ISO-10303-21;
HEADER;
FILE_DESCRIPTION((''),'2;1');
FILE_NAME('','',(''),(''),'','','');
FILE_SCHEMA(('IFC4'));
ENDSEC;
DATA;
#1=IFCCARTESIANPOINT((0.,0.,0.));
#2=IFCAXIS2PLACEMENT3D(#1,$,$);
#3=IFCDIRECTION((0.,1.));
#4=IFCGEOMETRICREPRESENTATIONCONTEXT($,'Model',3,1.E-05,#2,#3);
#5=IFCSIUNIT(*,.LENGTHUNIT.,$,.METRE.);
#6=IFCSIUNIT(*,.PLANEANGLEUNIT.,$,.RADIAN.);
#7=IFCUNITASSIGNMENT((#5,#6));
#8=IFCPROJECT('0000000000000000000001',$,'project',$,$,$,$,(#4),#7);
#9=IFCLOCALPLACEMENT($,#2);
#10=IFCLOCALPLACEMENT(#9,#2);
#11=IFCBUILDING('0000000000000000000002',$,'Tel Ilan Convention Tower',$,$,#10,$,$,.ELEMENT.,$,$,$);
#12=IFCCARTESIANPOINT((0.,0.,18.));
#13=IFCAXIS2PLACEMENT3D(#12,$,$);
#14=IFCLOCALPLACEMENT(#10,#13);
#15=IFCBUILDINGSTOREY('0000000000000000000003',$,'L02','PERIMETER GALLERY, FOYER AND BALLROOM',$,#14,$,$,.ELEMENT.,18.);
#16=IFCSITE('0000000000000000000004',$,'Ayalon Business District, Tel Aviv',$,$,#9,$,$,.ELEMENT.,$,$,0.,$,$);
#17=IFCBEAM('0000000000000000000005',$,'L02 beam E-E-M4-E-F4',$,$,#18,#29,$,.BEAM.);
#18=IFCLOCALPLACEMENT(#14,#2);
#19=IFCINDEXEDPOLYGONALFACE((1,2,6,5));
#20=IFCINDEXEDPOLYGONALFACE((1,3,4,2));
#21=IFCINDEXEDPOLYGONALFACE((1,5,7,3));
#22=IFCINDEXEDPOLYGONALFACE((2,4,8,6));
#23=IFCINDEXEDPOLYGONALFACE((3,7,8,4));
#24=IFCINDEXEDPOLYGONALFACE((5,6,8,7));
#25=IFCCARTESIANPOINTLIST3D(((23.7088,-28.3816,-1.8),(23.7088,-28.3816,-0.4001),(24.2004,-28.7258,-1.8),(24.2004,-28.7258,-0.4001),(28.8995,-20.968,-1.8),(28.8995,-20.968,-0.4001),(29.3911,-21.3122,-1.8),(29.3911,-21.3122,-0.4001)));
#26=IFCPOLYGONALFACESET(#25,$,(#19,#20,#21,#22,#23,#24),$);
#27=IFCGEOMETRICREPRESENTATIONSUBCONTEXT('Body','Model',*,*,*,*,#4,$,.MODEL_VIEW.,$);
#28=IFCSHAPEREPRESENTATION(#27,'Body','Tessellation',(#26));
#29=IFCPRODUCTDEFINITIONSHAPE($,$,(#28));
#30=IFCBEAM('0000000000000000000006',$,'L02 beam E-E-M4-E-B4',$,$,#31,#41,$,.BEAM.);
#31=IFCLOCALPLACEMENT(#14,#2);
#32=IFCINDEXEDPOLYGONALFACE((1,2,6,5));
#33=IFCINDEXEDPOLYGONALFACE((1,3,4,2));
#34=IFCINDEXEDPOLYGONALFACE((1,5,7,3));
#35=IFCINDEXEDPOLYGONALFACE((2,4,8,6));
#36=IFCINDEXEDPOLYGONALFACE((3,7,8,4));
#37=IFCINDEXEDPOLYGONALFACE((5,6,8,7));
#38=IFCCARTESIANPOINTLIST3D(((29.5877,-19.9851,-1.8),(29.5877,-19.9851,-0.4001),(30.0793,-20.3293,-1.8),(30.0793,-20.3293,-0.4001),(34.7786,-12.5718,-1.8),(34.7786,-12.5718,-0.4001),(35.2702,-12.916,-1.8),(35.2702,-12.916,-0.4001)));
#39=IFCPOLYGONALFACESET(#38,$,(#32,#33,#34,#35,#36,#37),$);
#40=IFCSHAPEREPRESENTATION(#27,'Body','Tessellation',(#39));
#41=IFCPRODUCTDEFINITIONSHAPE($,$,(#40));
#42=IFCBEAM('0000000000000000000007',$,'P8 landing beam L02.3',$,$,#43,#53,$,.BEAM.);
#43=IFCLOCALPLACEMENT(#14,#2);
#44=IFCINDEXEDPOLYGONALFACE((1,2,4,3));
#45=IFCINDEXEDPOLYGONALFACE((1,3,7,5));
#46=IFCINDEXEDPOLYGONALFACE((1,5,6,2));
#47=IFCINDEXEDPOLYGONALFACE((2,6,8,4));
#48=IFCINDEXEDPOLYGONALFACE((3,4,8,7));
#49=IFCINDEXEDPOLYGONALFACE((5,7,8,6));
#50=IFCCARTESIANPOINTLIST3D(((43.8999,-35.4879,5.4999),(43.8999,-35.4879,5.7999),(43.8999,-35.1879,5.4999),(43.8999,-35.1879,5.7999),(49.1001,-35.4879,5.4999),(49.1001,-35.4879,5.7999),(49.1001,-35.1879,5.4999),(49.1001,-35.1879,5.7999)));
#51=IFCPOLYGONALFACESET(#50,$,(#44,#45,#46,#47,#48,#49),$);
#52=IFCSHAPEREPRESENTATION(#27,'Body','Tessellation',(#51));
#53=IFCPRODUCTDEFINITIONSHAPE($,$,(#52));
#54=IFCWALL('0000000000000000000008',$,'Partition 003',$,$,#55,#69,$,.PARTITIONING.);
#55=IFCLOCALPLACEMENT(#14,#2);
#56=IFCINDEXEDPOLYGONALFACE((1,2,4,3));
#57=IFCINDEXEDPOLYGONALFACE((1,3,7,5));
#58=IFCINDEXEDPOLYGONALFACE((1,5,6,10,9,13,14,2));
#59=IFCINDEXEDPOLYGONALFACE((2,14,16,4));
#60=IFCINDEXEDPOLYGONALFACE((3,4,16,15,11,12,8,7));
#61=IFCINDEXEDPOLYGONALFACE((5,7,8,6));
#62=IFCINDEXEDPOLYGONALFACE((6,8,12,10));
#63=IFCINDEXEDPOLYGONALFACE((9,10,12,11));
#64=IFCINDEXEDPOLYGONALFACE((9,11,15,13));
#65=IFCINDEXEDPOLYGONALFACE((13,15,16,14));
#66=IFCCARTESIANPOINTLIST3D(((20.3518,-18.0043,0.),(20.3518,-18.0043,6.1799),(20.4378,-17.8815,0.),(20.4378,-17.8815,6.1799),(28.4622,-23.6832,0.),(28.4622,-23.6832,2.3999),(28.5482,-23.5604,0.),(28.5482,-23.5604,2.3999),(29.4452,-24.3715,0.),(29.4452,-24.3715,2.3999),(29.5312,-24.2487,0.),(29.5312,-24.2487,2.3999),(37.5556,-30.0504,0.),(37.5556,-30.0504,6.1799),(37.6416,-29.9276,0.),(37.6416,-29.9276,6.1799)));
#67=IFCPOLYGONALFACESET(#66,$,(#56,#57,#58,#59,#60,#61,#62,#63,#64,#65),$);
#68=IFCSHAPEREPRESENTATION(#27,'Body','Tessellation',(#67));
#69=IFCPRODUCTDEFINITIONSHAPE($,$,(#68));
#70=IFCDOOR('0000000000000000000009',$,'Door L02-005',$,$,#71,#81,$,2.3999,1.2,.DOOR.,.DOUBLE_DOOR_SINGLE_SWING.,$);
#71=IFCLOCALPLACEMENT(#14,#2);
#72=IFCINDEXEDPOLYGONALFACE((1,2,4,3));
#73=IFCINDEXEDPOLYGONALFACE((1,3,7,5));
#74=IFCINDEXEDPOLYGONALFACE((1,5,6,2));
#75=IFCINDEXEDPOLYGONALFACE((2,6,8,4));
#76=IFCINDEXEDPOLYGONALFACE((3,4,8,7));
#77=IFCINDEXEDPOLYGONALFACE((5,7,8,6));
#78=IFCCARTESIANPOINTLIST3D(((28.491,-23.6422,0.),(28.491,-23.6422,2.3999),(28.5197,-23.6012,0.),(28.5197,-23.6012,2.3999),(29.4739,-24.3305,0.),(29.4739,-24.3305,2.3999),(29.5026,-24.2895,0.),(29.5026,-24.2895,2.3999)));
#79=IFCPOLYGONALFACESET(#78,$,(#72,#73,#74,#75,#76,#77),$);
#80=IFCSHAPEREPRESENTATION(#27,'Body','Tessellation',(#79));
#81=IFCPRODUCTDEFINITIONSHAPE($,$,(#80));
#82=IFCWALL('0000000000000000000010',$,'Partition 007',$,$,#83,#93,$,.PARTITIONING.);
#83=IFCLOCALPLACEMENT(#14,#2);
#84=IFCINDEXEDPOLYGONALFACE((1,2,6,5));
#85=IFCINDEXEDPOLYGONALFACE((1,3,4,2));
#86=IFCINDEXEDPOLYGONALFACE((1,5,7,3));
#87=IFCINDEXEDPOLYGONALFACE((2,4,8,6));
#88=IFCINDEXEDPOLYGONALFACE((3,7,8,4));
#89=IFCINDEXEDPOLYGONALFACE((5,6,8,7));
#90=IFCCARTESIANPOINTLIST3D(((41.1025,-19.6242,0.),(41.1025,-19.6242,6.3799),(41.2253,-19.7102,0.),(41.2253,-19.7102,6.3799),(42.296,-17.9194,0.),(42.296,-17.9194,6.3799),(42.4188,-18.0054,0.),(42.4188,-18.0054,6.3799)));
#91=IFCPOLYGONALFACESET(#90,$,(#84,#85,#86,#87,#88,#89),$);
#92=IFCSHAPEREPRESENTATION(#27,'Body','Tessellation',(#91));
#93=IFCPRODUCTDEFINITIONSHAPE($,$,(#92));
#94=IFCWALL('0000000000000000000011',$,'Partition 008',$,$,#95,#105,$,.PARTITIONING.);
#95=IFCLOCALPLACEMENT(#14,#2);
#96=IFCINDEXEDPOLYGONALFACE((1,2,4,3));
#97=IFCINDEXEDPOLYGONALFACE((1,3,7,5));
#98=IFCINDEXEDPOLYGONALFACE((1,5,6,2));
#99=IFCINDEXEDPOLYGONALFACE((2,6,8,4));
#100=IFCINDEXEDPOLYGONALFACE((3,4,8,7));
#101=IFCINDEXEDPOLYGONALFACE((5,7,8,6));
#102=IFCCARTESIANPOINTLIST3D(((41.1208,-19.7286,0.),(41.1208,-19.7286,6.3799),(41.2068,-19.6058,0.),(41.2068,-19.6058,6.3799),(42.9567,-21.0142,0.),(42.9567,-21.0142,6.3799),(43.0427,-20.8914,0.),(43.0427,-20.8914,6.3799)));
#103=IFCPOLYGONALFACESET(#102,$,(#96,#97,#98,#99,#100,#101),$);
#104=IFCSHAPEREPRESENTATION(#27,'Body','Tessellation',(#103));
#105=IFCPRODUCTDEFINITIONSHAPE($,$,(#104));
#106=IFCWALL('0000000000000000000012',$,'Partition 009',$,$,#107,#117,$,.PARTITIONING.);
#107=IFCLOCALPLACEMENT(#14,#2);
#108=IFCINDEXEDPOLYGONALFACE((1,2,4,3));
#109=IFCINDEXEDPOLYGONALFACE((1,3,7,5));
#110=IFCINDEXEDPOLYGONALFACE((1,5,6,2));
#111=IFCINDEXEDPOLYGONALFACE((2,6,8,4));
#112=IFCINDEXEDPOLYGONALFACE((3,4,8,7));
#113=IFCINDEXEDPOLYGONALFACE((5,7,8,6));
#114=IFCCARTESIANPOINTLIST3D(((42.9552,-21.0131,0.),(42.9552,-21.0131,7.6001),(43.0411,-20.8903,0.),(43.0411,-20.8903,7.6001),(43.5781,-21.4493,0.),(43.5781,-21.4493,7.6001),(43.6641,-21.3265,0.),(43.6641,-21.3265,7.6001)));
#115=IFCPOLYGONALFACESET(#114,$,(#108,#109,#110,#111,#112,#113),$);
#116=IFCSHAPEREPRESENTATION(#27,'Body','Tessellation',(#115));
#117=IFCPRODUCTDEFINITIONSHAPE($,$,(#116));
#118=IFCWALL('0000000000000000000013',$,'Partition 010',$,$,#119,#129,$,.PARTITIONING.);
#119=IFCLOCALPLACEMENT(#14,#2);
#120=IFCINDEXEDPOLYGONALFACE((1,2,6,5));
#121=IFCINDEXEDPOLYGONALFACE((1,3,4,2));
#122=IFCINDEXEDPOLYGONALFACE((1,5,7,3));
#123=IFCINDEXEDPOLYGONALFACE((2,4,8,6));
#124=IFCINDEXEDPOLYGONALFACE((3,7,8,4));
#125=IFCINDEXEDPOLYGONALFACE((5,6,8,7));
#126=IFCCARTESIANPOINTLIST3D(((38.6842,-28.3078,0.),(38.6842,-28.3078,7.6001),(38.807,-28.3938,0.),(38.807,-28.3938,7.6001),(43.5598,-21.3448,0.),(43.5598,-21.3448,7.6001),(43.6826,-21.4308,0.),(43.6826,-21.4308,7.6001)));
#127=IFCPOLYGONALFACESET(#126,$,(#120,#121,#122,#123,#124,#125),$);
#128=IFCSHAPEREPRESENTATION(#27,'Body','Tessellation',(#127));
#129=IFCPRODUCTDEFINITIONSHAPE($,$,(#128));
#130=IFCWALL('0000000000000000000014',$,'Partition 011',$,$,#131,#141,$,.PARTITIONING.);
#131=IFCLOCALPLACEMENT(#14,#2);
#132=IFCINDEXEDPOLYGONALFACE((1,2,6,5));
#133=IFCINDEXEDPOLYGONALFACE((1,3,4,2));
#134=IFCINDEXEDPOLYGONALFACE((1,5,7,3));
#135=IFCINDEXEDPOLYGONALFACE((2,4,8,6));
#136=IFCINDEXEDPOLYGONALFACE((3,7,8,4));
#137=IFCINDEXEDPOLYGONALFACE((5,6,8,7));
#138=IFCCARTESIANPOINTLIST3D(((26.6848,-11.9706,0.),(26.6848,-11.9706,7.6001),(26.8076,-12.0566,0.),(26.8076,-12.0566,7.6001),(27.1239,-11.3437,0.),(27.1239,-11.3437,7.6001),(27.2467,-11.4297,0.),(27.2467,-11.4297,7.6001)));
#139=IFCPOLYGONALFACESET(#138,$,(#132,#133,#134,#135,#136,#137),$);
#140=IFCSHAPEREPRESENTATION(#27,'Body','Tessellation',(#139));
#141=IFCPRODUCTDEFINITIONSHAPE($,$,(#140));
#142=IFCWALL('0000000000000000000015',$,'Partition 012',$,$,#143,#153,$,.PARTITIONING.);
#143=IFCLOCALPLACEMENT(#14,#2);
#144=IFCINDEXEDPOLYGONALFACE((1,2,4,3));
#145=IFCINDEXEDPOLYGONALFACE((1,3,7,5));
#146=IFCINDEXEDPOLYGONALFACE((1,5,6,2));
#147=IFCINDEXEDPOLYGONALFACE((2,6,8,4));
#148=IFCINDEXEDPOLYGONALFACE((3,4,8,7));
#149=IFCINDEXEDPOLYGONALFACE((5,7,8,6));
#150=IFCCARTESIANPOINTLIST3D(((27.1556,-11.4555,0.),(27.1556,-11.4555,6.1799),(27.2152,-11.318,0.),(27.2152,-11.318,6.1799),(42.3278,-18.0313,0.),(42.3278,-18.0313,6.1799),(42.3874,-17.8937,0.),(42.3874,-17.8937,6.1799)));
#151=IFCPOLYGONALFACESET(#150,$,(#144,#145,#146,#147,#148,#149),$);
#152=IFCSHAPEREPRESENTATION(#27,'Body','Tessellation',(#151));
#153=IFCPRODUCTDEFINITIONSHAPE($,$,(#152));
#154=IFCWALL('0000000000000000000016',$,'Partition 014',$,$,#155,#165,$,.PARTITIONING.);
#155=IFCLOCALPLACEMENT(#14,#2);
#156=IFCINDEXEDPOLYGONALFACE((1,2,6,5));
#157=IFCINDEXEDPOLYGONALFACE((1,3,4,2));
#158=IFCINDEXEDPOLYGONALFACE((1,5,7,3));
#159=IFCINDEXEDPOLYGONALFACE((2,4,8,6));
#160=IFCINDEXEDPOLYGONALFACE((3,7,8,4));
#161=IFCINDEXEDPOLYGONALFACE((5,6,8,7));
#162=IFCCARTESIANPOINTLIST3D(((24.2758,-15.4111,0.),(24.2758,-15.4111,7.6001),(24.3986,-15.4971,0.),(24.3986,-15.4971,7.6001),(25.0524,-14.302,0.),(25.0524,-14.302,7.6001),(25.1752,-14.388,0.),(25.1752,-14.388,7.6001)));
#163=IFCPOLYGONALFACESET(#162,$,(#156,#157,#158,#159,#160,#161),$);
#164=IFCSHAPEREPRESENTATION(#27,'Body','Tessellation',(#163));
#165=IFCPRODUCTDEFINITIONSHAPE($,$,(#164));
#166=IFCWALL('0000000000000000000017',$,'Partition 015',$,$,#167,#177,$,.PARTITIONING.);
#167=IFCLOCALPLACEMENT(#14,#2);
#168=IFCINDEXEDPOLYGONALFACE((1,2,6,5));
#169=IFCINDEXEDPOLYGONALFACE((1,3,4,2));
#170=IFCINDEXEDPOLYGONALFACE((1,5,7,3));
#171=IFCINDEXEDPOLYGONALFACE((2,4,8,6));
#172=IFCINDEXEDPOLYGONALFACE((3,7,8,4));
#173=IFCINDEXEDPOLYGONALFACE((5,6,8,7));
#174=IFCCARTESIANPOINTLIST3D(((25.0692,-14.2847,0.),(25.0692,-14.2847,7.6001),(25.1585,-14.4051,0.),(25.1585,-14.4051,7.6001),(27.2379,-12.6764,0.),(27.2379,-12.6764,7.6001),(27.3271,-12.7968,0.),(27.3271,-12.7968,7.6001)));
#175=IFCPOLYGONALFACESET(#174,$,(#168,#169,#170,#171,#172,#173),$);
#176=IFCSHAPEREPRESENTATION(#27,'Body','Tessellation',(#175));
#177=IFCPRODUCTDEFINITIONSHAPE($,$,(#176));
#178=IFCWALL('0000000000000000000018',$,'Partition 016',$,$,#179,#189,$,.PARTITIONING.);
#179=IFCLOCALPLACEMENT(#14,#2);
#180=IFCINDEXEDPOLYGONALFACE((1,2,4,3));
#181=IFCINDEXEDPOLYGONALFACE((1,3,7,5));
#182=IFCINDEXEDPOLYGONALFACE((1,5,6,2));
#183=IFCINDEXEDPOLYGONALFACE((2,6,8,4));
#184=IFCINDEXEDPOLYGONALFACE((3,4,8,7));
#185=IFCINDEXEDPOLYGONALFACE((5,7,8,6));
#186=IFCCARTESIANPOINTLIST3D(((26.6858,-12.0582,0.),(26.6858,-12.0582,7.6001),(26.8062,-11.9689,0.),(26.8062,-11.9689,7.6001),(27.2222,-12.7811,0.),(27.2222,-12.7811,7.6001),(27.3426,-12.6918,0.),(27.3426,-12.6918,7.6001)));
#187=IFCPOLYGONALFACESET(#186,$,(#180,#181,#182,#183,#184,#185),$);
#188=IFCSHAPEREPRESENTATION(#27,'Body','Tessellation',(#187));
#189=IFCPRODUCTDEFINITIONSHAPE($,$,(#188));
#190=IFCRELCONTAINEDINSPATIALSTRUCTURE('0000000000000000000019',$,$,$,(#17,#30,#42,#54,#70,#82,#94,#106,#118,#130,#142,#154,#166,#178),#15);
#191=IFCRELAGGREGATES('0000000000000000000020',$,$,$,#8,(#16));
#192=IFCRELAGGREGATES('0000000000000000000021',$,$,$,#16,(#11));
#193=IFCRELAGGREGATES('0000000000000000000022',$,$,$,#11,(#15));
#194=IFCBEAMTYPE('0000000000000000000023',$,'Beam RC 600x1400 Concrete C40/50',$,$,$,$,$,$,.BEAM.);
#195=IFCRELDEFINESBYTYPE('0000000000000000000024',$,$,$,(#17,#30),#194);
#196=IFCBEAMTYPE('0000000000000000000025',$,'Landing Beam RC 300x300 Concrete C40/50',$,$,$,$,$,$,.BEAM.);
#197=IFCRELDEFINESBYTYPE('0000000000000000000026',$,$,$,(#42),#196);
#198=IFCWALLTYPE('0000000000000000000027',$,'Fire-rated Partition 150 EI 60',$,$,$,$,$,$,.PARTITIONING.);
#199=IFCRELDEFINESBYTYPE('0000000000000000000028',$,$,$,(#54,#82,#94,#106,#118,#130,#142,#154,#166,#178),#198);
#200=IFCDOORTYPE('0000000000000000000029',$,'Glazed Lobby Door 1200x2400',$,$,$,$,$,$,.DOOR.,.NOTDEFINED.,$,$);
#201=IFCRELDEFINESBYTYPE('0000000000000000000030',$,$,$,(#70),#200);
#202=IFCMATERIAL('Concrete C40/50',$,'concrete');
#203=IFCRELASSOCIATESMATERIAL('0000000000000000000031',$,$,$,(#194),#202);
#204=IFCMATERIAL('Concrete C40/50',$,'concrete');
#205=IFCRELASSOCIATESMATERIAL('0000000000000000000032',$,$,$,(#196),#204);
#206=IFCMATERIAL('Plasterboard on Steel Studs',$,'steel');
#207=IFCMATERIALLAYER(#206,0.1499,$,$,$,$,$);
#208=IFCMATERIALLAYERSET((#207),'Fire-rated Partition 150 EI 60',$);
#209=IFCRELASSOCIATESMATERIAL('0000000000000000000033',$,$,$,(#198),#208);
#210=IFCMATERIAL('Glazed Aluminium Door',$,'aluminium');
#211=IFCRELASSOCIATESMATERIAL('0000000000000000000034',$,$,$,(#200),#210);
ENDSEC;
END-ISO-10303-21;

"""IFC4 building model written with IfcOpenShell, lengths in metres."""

from ifc_helpers import new_model, si_unit, direction, frame, frame_2d, origin, origin_2d, place, context, subcontext, project, spatial, rectangle, extrude, material, layer, layer_set, material_profile, profile_set, type_object, element, fill, save


model = new_model("IFC4")

# Units and contexts
model_context = context("Model", 3, precision=1e-05, world=origin(), true_north=direction((0.0, 1.0)))
body_context = subcontext(model_context, "Body", "Model", "MODEL_VIEW")
ifc_project = project(units=[si_unit("LENGTHUNIT", "METRE"), si_unit("PLANEANGLEUNIT", "RADIAN")], contexts=[model_context])

# Site, building, storey
site_placement = place(None, origin())
site = spatial("IfcSite", under=ifc_project, at=site_placement, Name="Ayalon Business District, Tel Aviv", CompositionType="ELEMENT", RefElevation=0.0)
building_placement = place(site_placement, origin())
building = spatial("IfcBuilding", under=site, at=building_placement, Name="Tel Ilan Convention Tower", CompositionType="ELEMENT")
storey_placement = place(building_placement, frame((0.0, 0.0, 18.0)))
storey = spatial("IfcBuildingStorey", under=building, at=storey_placement, Name="L02", Description="PERIMETER GALLERY, FOYER AND BALLROOM", CompositionType="ELEMENT", Elevation=18.0)

# Beams
ifc_material_1 = material(Name="Concrete C40/50", Category="concrete")
ifc_material_profile_1 = material_profile(ifc_material_1, rectangle(XDim=0.6001, YDim=1.3999, at=origin_2d()), Name="RC 600x1400")
ifc_profile_set_1 = profile_set([ifc_material_profile_1], Name="Concrete C40/50")
beam_type_1 = type_object("IfcBeamType", Name="Beam RC 600x1400 Concrete C40/50", PredefinedType="BEAM", material=ifc_profile_set_1)
for number, where, z_axis, x_axis, name in (
    (1, (29.1453, -21.1401, -1.1001), (-0.573549, -0.819171, 0.0), (0.819171, -0.573549, 0.0), "L02 beam E-E-M4-E-F4"),
    (2, (29.8335, -20.1572, -1.1001), (0.57358, 0.81915, 0.0), (-0.81915, 0.57358, 0.0), "L02 beam E-E-M4-E-B4"),
):
    element("IfcBeam", number, at=place(storey_placement, frame(where, z_axis=z_axis, x_axis=x_axis)), inside=storey, type_object=beam_type_1, Name=name, PredefinedType="BEAM", context=body_context, shape_type="SweptSolid", body=[
        extrude(rectangle(XDim=0.6001, YDim=1.3999, at=origin_2d()), origin(), (0.0, 0.0, 1.0), 9.05),
    ])
ifc_material_2 = material(Name="Concrete C40/50", Category="concrete")
ifc_material_profile_2 = material_profile(ifc_material_2, rectangle(XDim=0.3, YDim=0.3, at=origin_2d()), Name="RC 300x300")
ifc_profile_set_2 = profile_set([ifc_material_profile_2], Name="Concrete C40/50")
beam_type_2 = type_object("IfcBeamType", Name="Landing Beam RC 300x300 Concrete C40/50", PredefinedType="BEAM", material=ifc_profile_set_2)
beam_1_placement = place(storey_placement, frame((49.1001, -35.3379, 5.6499), z_axis=(-1.0, 0.0, 0.0), x_axis=(0.0, -1.0, 0.0)))
element("IfcBeam", 3, at=beam_1_placement, inside=storey, type_object=beam_type_2, Name="P8 landing beam L02.3", PredefinedType="BEAM", context=body_context, shape_type="SweptSolid", body=[
    extrude(rectangle(XDim=0.3, YDim=0.3, at=origin_2d()), origin(), (0.0, 0.0, 1.0), 5.2002),
])

# Wall, opening, door
ifc_material_3 = material(Name="Plasterboard on Steel Studs", Category="steel")
ifc_layer_1 = layer(ifc_material_3, 0.1499)
ifc_layer_set_1 = layer_set([ifc_layer_1], Name="Fire-rated Partition 150 EI 60")
wall_type_1 = type_object("IfcWallType", Name="Fire-rated Partition 150 EI 60", PredefinedType="PARTITIONING", material=ifc_layer_set_1)
wall_1_placement = place(storey_placement, frame((37.5986, -29.989, 0.0), z_axis=(0.0, 0.0, 1.0), x_axis=(-0.819155, 0.573572, 0.0)))
wall_1 = element("IfcWall", 4, at=wall_1_placement, inside=storey, type_object=wall_type_1, Name="Partition 003", PredefinedType="PARTITIONING", context=body_context, shape_type="SweptSolid", body=[
    extrude(rectangle(XDim=21.002, YDim=0.1499, at=frame_2d((10.501, 0.0))), origin(), (0.0, 0.0, 1.0), 6.1799),
])
opening_placement = place(wall_1_placement, frame((9.9009, 0.0, 0.0)))
opening = element("IfcOpeningElement", 5, at=opening_placement, cuts=wall_1, PredefinedType="OPENING", context=body_context, shape_type="SweptSolid", body=[
    extrude(rectangle(XDim=1.2, YDim=2.3999, at=frame_2d((0.6001, 1.2))), frame((0.0, 0.085, 0.0), z_axis=(0.0, -1.0, 0.0), x_axis=(1.0, 0.0, 0.0)), (0.0, 0.0, 1.0), 0.1699),
])
ifc_material_4 = material(Name="Glazed Aluminium Door", Category="aluminium")
door_type = type_object("IfcDoorType", Name="Glazed Lobby Door 1200x2400", OperationType="NOTDEFINED", PredefinedType="DOOR", material=ifc_material_4)
door_placement = place(opening_placement, origin())
door = element("IfcDoor", 6, at=door_placement, inside=storey, type_object=door_type, Name="Door L02-005", OperationType="DOUBLE_DOOR_SINGLE_SWING", OverallHeight=2.3999, OverallWidth=1.2, PredefinedType="DOOR", context=body_context, shape_type="SweptSolid", body=[
    extrude(rectangle(XDim=1.2, YDim=2.3999, at=frame_2d((0.6001, 1.2))), frame((0.0, 0.0249, 0.0), z_axis=(0.0, -1.0, 0.0), x_axis=(1.0, 0.0, 0.0)), (0.0, 0.0, 1.0), 0.05),
])
fill(opening, door)

# Walls
wall_2_placement = place(storey_placement, frame((42.3574, -17.9624, 0.0), z_axis=(0.0, 0.0, 1.0), x_axis=(-0.573533, -0.819182, 0.0)))
element("IfcWall", 7, at=wall_2_placement, inside=storey, type_object=wall_type_1, Name="Partition 007", PredefinedType="PARTITIONING", context=body_context, shape_type="SweptSolid", body=[
    extrude(rectangle(XDim=2.0811, YDim=0.1499, at=frame_2d((1.0405, 0.0))), origin(), (0.0, 0.0, 1.0), 6.3799),
])
wall_3_placement = place(storey_placement, frame((41.1638, -19.6672, 0.0), z_axis=(0.0, 0.0, 1.0), x_axis=(0.81913, -0.573609, 0.0)))
element("IfcWall", 8, at=wall_3_placement, inside=storey, type_object=wall_type_1, Name="Partition 008", PredefinedType="PARTITIONING", context=body_context, shape_type="SweptSolid", body=[
    extrude(rectangle(XDim=2.2412, YDim=0.1499, at=frame_2d((1.1206, 0.0))), origin(), (0.0, 0.0, 1.0), 6.3799),
])
wall_4_placement = place(storey_placement, frame((42.998, -20.9517, 0.0), z_axis=(0.0, 0.0, 1.0), x_axis=(0.819141, -0.573592, 0.0)))
element("IfcWall", 9, at=wall_4_placement, inside=storey, type_object=wall_type_1, Name="Partition 009", PredefinedType="PARTITIONING", context=body_context, shape_type="SweptSolid", body=[
    extrude(rectangle(XDim=0.7605, YDim=0.1499, at=frame_2d((0.3804, 0.0))), origin(), (0.0, 0.0, 1.0), 7.6001),
])
wall_5_placement = place(storey_placement, frame((43.6211, -21.3879, 0.0), z_axis=(0.0, 0.0, 1.0), x_axis=(-0.573578, -0.819151, 0.0)))
element("IfcWall", 10, at=wall_5_placement, inside=storey, type_object=wall_type_1, Name="Partition 010", PredefinedType="PARTITIONING", context=body_context, shape_type="SweptSolid", body=[
    extrude(rectangle(XDim=8.5002, YDim=0.1499, at=frame_2d((4.25, 0.0))), origin(), (0.0, 0.0, 1.0), 7.6001),
])
wall_6_placement = place(storey_placement, frame((26.7461, -12.0137, 0.0), z_axis=(0.0, 0.0, 1.0), x_axis=(0.573762, 0.819022, 0.0)))
element("IfcWall", 11, at=wall_6_placement, inside=storey, type_object=wall_type_1, Name="Partition 011", PredefinedType="PARTITIONING", context=body_context, shape_type="SweptSolid", body=[
    extrude(rectangle(XDim=0.7654, YDim=0.1499, at=frame_2d((0.3828, 0.0))), origin(), (0.0, 0.0, 1.0), 7.6001),
])
wall_7_placement = place(storey_placement, frame((27.1853, -11.3867, 0.0), z_axis=(0.0, 0.0, 1.0), x_axis=(0.917531, -0.397663, 0.0)))
element("IfcWall", 12, at=wall_7_placement, inside=storey, type_object=wall_type_1, Name="Partition 012", PredefinedType="PARTITIONING", context=body_context, shape_type="SweptSolid", body=[
    extrude(rectangle(XDim=16.5359, YDim=0.1499, at=frame_2d((8.2681, 0.0))), origin(), (0.0, 0.0, 1.0), 6.1799),
])
wall_8_placement = place(storey_placement, frame((24.3372, -15.4541, 0.0), z_axis=(0.0, 0.0, 1.0), x_axis=(0.573571, 0.819156, 0.0)))
element("IfcWall", 13, at=wall_8_placement, inside=storey, type_object=wall_type_1, Name="Partition 014", PredefinedType="PARTITIONING", context=body_context, shape_type="SweptSolid", body=[
    extrude(rectangle(XDim=1.354, YDim=0.1499, at=frame_2d((0.677, 0.0))), origin(), (0.0, 0.0, 1.0), 7.6001),
])
wall_9_placement = place(storey_placement, frame((25.1138, -14.345, 0.0), z_axis=(0.0, 0.0, 1.0), x_axis=(0.803211, 0.595695, 0.0)))
element("IfcWall", 14, at=wall_9_placement, inside=storey, type_object=wall_type_1, Name="Partition 015", PredefinedType="PARTITIONING", context=body_context, shape_type="SweptSolid", body=[
    extrude(rectangle(XDim=2.7, YDim=0.1499, at=frame_2d((1.3501, 0.0))), origin(), (0.0, 0.0, 1.0), 7.6001),
])
wall_10_placement = place(storey_placement, frame((27.2825, -12.7366, 0.0), z_axis=(0.0, 0.0, 1.0), x_axis=(-0.595869, 0.803081, 0.0)))
element("IfcWall", 15, at=wall_10_placement, inside=storey, type_object=wall_type_1, Name="Partition 016", PredefinedType="PARTITIONING", context=body_context, shape_type="SweptSolid", body=[
    extrude(rectangle(XDim=0.9001, YDim=0.1499, at=frame_2d((0.4502, 0.0))), origin(), (0.0, 0.0, 1.0), 7.6001),
])

save(model, "model.ifc")
